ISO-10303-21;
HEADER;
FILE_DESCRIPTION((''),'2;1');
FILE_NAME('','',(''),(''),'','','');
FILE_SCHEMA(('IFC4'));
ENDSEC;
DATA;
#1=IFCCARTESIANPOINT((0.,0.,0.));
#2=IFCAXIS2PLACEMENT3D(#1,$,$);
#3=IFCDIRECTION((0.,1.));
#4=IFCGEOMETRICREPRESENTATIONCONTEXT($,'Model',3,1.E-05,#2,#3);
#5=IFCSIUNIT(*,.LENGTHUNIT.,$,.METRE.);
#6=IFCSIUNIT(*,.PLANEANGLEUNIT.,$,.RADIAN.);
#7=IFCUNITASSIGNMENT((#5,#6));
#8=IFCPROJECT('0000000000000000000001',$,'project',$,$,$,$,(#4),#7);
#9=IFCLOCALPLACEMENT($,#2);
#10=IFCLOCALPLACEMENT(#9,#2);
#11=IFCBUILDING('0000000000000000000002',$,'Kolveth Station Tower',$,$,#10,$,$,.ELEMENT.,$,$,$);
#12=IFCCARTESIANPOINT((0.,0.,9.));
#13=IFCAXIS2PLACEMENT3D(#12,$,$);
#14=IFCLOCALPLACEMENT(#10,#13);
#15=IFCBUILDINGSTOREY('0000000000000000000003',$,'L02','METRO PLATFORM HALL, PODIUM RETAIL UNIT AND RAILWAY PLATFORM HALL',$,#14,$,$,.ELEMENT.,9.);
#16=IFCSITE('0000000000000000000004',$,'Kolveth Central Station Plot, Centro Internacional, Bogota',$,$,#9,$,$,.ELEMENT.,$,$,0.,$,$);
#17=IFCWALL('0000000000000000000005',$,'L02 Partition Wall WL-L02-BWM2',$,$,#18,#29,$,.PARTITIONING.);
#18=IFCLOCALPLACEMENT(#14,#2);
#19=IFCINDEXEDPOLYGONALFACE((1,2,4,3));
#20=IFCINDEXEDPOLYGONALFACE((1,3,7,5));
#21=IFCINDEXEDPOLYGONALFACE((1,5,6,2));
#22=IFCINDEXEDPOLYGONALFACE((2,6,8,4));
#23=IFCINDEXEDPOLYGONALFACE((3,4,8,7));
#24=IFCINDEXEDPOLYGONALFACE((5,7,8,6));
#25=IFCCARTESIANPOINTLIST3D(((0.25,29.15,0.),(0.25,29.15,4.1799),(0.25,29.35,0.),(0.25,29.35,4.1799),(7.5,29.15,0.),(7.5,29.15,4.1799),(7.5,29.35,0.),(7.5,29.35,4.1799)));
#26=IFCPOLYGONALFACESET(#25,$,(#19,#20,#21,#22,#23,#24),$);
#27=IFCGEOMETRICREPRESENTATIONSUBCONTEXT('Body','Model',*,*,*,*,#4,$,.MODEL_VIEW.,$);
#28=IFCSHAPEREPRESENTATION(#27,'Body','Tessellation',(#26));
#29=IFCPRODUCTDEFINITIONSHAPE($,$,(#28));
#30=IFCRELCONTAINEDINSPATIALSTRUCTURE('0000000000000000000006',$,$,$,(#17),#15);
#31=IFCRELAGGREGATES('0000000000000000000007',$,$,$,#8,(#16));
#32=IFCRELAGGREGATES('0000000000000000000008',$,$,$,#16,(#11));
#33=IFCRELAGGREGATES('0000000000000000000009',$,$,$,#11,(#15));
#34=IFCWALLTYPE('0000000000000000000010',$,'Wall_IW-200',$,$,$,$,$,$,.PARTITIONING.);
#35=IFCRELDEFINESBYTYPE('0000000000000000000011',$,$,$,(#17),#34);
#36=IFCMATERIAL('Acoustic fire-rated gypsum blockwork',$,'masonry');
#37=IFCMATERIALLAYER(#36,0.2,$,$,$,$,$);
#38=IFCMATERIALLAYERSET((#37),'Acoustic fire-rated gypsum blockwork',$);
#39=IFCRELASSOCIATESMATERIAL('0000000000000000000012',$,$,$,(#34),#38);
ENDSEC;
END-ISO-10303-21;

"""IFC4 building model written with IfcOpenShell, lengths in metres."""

from ifc_helpers import new_model, si_unit, direction, frame, frame_2d, origin, place, context, subcontext, project, spatial, rectangle, extrude, material, layer, layer_set, type_object, element, save


model = new_model("IFC4")

# Units and contexts
model_context = context("Model", 3, precision=1e-05, world=origin(), true_north=direction((0.0, 1.0)))
body_context = subcontext(model_context, "Body", "Model", "MODEL_VIEW")
ifc_project = project(units=[si_unit("LENGTHUNIT", "METRE"), si_unit("PLANEANGLEUNIT", "RADIAN")], contexts=[model_context])

# Site, building, storey
site_placement = place(None, origin())
site = spatial("IfcSite", under=ifc_project, at=site_placement, Name="Kolveth Central Station Plot, Centro Internacional, Bogota", CompositionType="ELEMENT", RefElevation=0.0)
building_placement = place(site_placement, origin())
building = spatial("IfcBuilding", under=site, at=building_placement, Name="Kolveth Station Tower", CompositionType="ELEMENT")
storey_placement = place(building_placement, frame((0.0, 0.0, 9.0)))
storey = spatial("IfcBuildingStorey", under=building, at=storey_placement, Name="L02", Description="METRO PLATFORM HALL, PODIUM RETAIL UNIT AND RAILWAY PLATFORM HALL", CompositionType="ELEMENT", Elevation=9.0)

# Wall
ifc_material_1 = material(Name="Acoustic fire-rated gypsum blockwork", Category="masonry")
ifc_layer_1 = layer(ifc_material_1, 0.2)
ifc_layer_set_1 = layer_set([ifc_layer_1], Name="Acoustic fire-rated gypsum blockwork")
wall_type_1 = type_object("IfcWallType", Name="Wall_IW-200", PredefinedType="PARTITIONING", material=ifc_layer_set_1)
wall_1_placement = place(storey_placement, frame((0.25, 29.25, 0.0), z_axis=(0.0, 0.0, 1.0), x_axis=(1.0, 0.0, 0.0)))
element("IfcWall", 1, at=wall_1_placement, inside=storey, type_object=wall_type_1, Name="L02 Partition Wall WL-L02-BWM2", PredefinedType="PARTITIONING", context=body_context, shape_type="SweptSolid", body=[
    extrude(rectangle(XDim=7.25, YDim=0.2, at=frame_2d((3.625, 0.0))), origin(), (0.0, 0.0, 1.0), 4.1799),
])

save(model, "model.ifc")
